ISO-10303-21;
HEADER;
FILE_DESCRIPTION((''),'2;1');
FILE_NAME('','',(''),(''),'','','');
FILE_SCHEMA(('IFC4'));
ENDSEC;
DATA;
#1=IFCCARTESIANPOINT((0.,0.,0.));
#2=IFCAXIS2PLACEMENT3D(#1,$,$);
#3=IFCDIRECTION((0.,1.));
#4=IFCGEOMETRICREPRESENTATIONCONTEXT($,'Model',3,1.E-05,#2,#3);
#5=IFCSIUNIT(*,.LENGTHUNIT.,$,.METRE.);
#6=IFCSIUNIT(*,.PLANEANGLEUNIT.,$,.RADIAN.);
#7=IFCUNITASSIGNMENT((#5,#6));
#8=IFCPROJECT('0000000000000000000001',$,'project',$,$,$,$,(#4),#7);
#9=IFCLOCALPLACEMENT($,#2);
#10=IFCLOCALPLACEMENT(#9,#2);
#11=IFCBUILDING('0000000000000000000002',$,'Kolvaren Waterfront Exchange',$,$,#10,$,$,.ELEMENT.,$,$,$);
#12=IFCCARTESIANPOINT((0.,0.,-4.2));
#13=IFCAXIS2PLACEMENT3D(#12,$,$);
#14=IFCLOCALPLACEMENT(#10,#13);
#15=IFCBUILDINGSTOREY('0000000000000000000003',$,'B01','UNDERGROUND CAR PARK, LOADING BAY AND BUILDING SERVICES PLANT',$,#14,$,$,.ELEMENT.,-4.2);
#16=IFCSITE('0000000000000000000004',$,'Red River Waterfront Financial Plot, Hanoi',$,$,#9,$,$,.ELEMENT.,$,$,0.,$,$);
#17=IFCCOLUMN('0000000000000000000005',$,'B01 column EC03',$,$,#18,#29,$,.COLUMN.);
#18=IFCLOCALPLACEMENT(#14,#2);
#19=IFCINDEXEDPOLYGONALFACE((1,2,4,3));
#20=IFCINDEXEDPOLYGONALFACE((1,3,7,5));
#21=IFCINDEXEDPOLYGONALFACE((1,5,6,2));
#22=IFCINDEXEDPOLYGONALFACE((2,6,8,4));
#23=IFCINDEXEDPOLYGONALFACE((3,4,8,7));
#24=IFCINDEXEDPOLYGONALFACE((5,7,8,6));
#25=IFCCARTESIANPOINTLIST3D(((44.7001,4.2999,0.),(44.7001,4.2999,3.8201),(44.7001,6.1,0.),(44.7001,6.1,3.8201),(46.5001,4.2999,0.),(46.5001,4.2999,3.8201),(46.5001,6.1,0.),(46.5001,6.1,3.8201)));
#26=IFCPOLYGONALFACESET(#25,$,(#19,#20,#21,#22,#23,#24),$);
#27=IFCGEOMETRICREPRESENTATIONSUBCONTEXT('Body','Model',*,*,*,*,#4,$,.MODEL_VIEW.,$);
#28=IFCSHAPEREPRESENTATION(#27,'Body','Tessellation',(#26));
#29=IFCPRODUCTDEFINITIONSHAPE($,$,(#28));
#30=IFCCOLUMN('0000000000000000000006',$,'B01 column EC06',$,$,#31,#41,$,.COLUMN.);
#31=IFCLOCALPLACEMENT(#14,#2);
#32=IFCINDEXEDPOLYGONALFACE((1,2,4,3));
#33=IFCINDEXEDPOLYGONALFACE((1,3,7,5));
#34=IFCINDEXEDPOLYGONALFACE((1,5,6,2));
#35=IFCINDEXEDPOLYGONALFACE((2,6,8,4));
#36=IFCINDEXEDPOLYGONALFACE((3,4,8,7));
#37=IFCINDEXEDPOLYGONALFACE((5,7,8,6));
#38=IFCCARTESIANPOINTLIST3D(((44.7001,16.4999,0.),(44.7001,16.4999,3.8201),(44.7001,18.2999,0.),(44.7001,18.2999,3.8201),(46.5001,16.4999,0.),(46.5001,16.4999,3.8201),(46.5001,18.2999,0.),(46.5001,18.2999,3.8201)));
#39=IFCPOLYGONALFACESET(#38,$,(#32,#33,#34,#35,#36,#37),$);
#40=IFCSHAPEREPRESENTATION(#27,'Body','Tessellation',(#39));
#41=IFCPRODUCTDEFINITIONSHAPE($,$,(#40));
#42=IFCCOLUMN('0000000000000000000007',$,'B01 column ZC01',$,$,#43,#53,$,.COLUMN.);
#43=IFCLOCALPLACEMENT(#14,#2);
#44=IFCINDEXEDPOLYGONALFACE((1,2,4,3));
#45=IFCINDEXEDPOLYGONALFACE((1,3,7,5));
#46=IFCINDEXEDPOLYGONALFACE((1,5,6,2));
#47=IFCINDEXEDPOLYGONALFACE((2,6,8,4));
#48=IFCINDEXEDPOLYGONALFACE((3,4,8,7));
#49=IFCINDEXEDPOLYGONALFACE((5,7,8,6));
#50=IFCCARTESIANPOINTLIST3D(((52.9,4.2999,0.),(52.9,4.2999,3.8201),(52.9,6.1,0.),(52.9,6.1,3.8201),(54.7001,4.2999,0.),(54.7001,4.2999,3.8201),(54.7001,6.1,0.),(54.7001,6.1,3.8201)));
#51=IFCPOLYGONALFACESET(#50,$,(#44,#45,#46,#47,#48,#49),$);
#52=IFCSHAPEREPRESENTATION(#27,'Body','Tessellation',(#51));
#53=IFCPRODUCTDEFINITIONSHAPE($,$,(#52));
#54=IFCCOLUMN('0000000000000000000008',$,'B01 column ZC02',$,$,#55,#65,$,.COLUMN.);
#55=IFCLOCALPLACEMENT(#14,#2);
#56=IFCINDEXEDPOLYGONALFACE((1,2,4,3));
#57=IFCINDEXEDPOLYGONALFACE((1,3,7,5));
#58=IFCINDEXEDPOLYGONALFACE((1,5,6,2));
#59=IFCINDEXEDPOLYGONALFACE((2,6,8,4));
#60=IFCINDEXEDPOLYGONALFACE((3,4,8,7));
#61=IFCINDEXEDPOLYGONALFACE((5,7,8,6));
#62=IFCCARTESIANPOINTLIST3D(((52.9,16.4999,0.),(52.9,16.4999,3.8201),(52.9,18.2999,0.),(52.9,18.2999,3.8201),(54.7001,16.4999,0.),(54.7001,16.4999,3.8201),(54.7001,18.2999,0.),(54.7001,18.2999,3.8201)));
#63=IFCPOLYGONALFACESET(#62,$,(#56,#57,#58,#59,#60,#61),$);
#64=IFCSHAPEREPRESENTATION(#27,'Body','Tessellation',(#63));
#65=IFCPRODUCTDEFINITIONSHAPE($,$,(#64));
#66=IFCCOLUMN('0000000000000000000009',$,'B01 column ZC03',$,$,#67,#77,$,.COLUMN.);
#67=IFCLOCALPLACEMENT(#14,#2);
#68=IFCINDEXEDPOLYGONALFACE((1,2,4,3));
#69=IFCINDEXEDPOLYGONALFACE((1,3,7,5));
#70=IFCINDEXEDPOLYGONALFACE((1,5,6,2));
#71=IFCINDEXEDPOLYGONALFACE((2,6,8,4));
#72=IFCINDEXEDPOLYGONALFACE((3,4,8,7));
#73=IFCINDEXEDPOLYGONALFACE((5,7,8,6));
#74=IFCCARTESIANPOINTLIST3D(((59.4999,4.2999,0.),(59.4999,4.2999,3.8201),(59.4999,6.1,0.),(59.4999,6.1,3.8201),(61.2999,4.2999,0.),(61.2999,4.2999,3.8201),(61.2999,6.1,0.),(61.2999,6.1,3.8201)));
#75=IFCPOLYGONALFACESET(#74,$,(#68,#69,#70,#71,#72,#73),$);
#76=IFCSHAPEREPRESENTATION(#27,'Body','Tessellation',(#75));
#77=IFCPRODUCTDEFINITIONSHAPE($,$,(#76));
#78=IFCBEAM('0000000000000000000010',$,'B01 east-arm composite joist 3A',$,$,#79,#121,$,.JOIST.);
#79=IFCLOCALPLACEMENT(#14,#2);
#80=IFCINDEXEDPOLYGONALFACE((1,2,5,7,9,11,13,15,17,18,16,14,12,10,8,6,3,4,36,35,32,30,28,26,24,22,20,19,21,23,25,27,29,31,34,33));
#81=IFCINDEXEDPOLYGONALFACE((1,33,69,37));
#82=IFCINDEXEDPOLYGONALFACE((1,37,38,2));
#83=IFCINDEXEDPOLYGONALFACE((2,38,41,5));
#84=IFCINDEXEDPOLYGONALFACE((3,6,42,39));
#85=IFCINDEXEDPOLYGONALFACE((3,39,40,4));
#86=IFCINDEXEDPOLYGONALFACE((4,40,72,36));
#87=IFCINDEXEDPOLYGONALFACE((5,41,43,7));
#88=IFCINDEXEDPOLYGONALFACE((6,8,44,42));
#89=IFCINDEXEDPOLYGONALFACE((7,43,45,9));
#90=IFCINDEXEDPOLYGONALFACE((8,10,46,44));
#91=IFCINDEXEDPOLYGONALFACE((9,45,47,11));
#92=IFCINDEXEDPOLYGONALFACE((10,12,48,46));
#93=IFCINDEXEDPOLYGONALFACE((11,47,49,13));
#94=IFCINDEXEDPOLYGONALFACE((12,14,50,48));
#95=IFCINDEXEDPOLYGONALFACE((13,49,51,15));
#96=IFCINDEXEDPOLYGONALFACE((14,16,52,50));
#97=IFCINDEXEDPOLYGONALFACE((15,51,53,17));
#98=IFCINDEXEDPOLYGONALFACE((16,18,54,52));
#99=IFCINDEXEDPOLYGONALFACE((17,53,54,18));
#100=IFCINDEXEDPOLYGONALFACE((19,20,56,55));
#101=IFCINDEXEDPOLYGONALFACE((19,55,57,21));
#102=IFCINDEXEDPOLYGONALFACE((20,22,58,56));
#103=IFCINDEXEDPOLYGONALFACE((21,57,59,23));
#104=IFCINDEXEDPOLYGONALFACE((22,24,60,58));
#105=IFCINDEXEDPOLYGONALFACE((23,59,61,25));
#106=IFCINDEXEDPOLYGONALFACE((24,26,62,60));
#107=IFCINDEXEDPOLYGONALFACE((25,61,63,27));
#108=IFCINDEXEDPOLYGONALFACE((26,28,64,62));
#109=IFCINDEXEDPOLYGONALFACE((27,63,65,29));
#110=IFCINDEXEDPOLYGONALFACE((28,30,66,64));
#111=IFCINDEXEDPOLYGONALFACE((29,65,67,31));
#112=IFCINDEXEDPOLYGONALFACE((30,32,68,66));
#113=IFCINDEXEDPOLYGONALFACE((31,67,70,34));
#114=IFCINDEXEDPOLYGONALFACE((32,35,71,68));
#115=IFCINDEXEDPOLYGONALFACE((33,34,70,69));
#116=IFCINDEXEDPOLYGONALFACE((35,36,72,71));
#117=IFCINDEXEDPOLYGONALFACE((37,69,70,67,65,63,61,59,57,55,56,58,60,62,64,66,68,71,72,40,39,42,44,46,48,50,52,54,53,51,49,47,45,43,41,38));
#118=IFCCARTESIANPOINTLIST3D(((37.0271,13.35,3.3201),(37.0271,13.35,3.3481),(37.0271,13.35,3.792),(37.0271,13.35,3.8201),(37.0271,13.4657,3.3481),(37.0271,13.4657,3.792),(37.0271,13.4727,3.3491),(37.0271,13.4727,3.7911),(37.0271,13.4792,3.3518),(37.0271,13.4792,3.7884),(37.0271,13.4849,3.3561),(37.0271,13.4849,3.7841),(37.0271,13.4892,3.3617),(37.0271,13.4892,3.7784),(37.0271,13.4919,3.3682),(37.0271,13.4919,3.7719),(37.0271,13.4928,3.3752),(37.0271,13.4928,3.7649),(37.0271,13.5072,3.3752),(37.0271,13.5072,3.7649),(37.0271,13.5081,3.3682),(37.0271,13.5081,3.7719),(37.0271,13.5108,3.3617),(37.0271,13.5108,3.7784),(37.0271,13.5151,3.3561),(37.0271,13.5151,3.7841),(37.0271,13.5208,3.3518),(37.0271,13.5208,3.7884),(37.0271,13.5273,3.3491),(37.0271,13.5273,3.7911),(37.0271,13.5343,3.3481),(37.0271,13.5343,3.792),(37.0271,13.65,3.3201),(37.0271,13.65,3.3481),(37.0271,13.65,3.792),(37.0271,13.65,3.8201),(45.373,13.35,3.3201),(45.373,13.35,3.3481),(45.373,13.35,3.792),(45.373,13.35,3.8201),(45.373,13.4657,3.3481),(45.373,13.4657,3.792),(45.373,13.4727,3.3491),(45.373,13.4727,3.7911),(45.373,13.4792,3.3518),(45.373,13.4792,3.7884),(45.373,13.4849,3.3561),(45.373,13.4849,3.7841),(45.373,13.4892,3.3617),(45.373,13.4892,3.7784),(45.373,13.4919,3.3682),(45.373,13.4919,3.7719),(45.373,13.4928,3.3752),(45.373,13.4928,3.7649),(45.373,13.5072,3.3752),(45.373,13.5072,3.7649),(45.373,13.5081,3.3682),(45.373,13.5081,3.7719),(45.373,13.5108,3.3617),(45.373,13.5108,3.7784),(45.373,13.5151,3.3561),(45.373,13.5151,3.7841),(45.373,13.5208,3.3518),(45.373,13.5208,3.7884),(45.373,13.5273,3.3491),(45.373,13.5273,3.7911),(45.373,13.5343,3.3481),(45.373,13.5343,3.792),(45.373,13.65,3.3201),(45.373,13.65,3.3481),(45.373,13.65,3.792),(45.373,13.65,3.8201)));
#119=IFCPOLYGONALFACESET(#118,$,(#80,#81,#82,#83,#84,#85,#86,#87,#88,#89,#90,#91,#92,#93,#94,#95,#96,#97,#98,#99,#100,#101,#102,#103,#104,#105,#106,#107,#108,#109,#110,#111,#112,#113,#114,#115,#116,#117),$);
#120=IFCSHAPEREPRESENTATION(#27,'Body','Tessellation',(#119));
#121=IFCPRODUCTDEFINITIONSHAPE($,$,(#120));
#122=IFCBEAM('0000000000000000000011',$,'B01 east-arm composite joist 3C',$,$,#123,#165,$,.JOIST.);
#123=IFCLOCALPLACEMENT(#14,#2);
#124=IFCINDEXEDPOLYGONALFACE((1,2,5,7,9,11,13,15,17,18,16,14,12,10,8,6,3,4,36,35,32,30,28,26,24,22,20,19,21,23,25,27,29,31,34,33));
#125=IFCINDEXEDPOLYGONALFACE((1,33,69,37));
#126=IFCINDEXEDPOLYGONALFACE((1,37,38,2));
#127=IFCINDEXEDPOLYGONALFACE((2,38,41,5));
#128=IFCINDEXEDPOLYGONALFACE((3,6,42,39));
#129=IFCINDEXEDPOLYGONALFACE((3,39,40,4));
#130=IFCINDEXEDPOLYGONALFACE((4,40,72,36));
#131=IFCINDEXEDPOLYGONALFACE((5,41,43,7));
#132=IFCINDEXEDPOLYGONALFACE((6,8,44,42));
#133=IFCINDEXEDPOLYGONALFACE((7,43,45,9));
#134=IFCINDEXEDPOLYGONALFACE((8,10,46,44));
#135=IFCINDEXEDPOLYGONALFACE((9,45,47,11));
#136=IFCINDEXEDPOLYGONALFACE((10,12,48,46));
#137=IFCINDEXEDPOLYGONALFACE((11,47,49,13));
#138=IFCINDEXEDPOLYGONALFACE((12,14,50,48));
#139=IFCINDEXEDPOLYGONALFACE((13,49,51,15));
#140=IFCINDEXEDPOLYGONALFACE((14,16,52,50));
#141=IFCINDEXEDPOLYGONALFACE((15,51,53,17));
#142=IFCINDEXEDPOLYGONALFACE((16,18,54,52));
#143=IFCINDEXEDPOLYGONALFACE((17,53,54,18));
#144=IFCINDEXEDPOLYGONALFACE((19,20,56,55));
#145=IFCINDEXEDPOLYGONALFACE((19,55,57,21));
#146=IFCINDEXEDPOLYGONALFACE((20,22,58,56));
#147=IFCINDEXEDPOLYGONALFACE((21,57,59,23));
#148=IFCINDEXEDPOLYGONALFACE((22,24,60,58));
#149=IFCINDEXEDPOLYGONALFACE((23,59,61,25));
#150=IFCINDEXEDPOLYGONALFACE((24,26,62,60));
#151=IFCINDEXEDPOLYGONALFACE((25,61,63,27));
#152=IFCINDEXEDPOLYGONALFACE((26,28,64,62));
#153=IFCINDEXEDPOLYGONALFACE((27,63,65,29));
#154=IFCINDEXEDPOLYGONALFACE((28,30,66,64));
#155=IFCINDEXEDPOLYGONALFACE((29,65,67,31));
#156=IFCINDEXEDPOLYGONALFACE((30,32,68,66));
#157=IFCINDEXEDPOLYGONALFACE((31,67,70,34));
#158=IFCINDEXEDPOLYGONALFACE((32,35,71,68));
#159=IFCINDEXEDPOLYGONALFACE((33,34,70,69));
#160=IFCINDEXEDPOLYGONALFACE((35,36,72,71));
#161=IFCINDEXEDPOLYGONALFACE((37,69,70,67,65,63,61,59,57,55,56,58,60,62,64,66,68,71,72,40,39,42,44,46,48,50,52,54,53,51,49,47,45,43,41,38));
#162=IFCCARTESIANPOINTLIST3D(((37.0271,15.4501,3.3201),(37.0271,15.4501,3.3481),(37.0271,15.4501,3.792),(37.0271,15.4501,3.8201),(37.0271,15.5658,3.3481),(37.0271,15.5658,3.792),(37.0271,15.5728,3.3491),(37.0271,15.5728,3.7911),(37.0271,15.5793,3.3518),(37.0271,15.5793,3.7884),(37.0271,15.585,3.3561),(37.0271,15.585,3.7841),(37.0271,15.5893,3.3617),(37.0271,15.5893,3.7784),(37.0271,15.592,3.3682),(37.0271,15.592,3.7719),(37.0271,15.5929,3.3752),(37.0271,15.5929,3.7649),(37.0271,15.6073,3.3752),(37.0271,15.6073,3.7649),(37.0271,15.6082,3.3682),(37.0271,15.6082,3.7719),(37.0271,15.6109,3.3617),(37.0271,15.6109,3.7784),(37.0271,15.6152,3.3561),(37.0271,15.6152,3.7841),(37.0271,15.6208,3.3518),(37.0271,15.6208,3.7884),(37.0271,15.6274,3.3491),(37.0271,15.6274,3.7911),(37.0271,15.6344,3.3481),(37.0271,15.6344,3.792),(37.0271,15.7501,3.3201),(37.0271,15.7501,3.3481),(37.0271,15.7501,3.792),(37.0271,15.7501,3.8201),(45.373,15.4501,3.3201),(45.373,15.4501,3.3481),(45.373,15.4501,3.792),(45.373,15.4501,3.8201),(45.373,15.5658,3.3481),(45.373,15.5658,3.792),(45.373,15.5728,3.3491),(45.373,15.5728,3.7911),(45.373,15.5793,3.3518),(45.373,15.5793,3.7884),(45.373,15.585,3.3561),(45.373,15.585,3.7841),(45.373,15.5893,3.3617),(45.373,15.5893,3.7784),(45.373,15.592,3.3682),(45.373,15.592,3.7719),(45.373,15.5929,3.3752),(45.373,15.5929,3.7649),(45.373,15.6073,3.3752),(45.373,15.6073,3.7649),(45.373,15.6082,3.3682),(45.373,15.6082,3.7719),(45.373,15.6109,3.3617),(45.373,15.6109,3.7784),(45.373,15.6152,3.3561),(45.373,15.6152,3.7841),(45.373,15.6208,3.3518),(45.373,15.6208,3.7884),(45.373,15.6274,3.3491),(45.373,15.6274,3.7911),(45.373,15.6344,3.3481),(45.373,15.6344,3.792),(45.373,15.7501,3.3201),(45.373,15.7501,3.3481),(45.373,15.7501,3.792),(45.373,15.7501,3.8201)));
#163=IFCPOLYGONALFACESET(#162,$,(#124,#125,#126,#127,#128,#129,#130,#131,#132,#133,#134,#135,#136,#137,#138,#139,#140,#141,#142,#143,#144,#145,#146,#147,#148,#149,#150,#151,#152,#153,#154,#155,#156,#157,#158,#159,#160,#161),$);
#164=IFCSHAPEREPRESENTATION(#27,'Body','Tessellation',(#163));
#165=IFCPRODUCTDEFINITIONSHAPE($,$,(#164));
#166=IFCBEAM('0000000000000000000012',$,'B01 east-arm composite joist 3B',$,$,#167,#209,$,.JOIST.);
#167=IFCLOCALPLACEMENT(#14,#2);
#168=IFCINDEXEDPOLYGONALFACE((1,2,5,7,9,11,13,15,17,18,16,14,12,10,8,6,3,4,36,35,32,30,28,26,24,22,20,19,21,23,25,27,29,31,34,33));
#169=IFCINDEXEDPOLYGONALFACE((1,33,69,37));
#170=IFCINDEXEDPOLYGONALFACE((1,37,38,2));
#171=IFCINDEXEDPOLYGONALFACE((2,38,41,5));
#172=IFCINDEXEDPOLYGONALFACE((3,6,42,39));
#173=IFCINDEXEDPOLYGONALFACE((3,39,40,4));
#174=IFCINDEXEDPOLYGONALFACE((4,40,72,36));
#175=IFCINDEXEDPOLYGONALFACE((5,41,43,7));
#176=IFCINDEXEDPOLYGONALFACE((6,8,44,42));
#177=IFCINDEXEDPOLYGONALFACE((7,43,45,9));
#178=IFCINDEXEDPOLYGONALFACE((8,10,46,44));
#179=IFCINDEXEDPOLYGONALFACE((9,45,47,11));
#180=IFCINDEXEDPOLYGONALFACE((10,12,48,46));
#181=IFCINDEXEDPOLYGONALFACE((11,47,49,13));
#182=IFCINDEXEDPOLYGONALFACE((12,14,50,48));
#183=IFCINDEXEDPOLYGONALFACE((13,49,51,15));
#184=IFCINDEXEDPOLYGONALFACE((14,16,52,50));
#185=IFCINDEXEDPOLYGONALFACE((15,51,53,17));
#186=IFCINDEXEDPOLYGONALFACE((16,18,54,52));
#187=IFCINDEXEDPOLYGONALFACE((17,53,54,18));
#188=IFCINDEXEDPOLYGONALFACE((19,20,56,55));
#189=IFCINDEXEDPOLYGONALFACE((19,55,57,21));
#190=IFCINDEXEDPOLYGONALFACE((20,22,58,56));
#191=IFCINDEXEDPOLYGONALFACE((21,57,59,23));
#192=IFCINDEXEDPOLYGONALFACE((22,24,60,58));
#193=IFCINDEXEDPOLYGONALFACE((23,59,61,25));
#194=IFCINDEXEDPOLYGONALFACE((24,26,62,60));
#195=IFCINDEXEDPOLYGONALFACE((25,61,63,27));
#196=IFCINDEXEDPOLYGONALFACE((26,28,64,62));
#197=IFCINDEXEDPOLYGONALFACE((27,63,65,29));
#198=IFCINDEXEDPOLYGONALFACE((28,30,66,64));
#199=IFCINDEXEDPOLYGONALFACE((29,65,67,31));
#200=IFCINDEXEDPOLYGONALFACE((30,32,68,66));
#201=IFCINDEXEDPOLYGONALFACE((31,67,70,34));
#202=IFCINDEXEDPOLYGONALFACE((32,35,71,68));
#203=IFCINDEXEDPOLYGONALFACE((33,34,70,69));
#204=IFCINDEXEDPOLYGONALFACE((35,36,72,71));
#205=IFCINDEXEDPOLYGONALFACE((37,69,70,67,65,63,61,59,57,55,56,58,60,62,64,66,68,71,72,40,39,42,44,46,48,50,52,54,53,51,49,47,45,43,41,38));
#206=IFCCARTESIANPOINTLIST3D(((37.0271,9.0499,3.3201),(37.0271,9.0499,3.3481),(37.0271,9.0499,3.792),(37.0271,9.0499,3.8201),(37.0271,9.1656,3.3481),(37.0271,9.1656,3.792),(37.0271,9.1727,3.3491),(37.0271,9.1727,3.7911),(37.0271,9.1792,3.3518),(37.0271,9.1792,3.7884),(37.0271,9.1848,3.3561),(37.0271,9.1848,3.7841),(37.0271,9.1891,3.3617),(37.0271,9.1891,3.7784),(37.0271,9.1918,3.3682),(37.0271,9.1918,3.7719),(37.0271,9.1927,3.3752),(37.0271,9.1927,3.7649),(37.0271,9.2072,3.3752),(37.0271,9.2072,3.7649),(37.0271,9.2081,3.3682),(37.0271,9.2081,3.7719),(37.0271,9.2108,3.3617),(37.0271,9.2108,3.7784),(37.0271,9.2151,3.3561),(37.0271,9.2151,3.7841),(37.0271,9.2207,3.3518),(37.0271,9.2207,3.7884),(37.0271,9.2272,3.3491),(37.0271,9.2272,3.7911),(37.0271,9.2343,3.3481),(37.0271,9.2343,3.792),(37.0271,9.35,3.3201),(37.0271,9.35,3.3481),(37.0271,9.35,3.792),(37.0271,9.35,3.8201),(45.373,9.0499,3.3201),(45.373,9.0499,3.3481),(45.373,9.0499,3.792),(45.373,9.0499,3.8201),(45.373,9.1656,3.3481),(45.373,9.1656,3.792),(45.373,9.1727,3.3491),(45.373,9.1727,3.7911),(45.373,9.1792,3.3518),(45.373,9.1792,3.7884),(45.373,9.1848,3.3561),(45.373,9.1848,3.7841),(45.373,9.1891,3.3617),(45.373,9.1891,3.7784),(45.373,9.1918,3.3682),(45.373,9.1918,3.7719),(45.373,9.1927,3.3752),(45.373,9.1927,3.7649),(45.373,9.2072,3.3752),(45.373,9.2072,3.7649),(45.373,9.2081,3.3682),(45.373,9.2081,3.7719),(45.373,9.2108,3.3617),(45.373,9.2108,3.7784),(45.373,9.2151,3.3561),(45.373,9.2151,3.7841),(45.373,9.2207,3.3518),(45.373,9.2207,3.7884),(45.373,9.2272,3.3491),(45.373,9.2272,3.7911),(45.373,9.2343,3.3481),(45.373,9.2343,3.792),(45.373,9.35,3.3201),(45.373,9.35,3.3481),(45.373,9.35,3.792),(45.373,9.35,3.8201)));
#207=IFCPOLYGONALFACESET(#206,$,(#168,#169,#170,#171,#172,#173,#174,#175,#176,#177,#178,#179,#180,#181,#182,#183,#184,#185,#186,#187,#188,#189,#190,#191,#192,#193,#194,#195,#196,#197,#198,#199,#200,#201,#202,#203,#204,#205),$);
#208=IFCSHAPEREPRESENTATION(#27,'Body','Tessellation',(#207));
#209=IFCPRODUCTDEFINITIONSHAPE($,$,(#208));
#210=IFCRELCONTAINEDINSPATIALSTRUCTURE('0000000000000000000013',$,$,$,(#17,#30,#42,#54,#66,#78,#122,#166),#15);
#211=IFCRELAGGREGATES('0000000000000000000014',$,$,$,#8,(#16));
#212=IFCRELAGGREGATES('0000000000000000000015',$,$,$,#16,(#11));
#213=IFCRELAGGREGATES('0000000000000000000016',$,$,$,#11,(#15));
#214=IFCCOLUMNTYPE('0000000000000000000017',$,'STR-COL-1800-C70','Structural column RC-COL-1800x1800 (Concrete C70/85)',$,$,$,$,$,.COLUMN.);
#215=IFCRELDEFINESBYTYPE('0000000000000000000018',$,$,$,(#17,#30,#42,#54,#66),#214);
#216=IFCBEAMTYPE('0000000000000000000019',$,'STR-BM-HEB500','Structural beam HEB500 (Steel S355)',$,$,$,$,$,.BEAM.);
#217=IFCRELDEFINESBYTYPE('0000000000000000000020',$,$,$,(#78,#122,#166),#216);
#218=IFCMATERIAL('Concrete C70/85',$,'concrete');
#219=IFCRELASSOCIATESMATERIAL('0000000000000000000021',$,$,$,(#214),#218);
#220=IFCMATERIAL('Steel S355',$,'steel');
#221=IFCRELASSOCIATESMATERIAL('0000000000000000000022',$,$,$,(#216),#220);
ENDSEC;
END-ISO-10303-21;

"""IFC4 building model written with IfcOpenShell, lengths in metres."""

from ifc_helpers import new_model, si_unit, direction, frame, origin, origin_2d, place, context, subcontext, project, spatial, rectangle, i_section, extrude, material, material_profile, profile_set, type_object, element, save


model = new_model("IFC4")

# Units and contexts
model_context = context("Model", 3, precision=1e-05, world=origin(), true_north=direction((0.0, 1.0)))
body_context = subcontext(model_context, "Body", "Model", "MODEL_VIEW")
ifc_project = project(units=[si_unit("LENGTHUNIT", "METRE"), si_unit("PLANEANGLEUNIT", "RADIAN")], contexts=[model_context])

# Site, building, storey
site_placement = place(None, origin())
site = spatial("IfcSite", under=ifc_project, at=site_placement, Name="Red River Waterfront Financial Plot, Hanoi", CompositionType="ELEMENT", RefElevation=0.0)
building_placement = place(site_placement, origin())
building = spatial("IfcBuilding", under=site, at=building_placement, Name="Kolvaren Waterfront Exchange", CompositionType="ELEMENT")
storey_placement = place(building_placement, frame((0.0, 0.0, -4.2)))
storey = spatial("IfcBuildingStorey", under=building, at=storey_placement, Name="B01", Description="UNDERGROUND CAR PARK, LOADING BAY AND BUILDING SERVICES PLANT", CompositionType="ELEMENT", Elevation=-4.2)

# Columns
ifc_material_1 = material(Name="Concrete C70/85", Category="concrete")
ifc_material_profile_1 = material_profile(ifc_material_1, rectangle(XDim=1.8, YDim=1.8, at=origin_2d()), Name="RC-COL-1800x1800")
ifc_profile_set_1 = profile_set([ifc_material_profile_1], Name="Concrete C70/85")
column_type = type_object("IfcColumnType", Name="STR-COL-1800-C70", Description="Structural column RC-COL-1800x1800 (Concrete C70/85)", PredefinedType="COLUMN", material=ifc_profile_set_1)
for number, where, z_axis, x_axis, name in (
    (1, (45.6001, 5.2, 0.0), (0.0, 0.0, 1.0), (1.0, 0.0, 0.0), "B01 column EC03"),
    (2, (45.6001, 17.3999, 0.0), (0.0, 0.0, 1.0), (1.0, 0.0, 0.0), "B01 column EC06"),
    (3, (53.8, 5.2, 0.0), (0.0, 0.0, 1.0), (1.0, 0.0, 0.0), "B01 column ZC01"),
    (4, (53.8, 17.3999, 0.0), (0.0, 0.0, 1.0), (1.0, 0.0, 0.0), "B01 column ZC02"),
    (5, (60.3999, 5.2, 0.0), (0.0, 0.0, 1.0), (1.0, 0.0, 0.0), "B01 column ZC03"),
):
    element("IfcColumn", number, at=place(storey_placement, frame(where, z_axis=z_axis, x_axis=x_axis)), inside=storey, type_object=column_type, Name=name, PredefinedType="COLUMN", context=body_context, shape_type="SweptSolid", body=[
        extrude(rectangle(XDim=1.8, YDim=1.8, at=origin_2d()), origin(), (0.0, 0.0, 1.0), 3.8201),
    ])

# Beams
ifc_material_2 = material(Name="Steel S355", Category="steel")
ifc_material_profile_2 = material_profile(ifc_material_2, i_section(OverallWidth=0.3, OverallDepth=0.5, WebThickness=0.0144, FlangeThickness=0.0281, FilletRadius=0.0271, at=origin_2d()), Name="HEB500")
ifc_profile_set_2 = profile_set([ifc_material_profile_2], Name="Steel S355")
beam_type_1 = type_object("IfcBeamType", Name="STR-BM-HEB500", Description="Structural beam HEB500 (Steel S355)", PredefinedType="BEAM", material=ifc_profile_set_2)
for number, where, z_axis, x_axis, name in (
    (6, (37.0271, 13.5, 3.5701), (1.0, 0.0, 0.0), (0.0, 1.0, 0.0), "B01 east-arm composite joist 3A"),
    (7, (37.0271, 15.6001, 3.5701), (1.0, 0.0, 0.0), (0.0, 1.0, 0.0), "B01 east-arm composite joist 3C"),
    (8, (37.0271, 9.2, 3.5701), (1.0, 0.0, 0.0), (0.0, 1.0, 0.0), "B01 east-arm composite joist 3B"),
):
    element("IfcBeam", number, at=place(storey_placement, frame(where, z_axis=z_axis, x_axis=x_axis)), inside=storey, type_object=beam_type_1, Name=name, PredefinedType="JOIST", context=body_context, shape_type="SweptSolid", body=[
        extrude(i_section(OverallWidth=0.3, OverallDepth=0.5, WebThickness=0.0144, FlangeThickness=0.0281, FilletRadius=0.0271, at=origin_2d()), origin(), (0.0, 0.0, 1.0), 8.3459),
    ])

save(model, "model.ifc")
